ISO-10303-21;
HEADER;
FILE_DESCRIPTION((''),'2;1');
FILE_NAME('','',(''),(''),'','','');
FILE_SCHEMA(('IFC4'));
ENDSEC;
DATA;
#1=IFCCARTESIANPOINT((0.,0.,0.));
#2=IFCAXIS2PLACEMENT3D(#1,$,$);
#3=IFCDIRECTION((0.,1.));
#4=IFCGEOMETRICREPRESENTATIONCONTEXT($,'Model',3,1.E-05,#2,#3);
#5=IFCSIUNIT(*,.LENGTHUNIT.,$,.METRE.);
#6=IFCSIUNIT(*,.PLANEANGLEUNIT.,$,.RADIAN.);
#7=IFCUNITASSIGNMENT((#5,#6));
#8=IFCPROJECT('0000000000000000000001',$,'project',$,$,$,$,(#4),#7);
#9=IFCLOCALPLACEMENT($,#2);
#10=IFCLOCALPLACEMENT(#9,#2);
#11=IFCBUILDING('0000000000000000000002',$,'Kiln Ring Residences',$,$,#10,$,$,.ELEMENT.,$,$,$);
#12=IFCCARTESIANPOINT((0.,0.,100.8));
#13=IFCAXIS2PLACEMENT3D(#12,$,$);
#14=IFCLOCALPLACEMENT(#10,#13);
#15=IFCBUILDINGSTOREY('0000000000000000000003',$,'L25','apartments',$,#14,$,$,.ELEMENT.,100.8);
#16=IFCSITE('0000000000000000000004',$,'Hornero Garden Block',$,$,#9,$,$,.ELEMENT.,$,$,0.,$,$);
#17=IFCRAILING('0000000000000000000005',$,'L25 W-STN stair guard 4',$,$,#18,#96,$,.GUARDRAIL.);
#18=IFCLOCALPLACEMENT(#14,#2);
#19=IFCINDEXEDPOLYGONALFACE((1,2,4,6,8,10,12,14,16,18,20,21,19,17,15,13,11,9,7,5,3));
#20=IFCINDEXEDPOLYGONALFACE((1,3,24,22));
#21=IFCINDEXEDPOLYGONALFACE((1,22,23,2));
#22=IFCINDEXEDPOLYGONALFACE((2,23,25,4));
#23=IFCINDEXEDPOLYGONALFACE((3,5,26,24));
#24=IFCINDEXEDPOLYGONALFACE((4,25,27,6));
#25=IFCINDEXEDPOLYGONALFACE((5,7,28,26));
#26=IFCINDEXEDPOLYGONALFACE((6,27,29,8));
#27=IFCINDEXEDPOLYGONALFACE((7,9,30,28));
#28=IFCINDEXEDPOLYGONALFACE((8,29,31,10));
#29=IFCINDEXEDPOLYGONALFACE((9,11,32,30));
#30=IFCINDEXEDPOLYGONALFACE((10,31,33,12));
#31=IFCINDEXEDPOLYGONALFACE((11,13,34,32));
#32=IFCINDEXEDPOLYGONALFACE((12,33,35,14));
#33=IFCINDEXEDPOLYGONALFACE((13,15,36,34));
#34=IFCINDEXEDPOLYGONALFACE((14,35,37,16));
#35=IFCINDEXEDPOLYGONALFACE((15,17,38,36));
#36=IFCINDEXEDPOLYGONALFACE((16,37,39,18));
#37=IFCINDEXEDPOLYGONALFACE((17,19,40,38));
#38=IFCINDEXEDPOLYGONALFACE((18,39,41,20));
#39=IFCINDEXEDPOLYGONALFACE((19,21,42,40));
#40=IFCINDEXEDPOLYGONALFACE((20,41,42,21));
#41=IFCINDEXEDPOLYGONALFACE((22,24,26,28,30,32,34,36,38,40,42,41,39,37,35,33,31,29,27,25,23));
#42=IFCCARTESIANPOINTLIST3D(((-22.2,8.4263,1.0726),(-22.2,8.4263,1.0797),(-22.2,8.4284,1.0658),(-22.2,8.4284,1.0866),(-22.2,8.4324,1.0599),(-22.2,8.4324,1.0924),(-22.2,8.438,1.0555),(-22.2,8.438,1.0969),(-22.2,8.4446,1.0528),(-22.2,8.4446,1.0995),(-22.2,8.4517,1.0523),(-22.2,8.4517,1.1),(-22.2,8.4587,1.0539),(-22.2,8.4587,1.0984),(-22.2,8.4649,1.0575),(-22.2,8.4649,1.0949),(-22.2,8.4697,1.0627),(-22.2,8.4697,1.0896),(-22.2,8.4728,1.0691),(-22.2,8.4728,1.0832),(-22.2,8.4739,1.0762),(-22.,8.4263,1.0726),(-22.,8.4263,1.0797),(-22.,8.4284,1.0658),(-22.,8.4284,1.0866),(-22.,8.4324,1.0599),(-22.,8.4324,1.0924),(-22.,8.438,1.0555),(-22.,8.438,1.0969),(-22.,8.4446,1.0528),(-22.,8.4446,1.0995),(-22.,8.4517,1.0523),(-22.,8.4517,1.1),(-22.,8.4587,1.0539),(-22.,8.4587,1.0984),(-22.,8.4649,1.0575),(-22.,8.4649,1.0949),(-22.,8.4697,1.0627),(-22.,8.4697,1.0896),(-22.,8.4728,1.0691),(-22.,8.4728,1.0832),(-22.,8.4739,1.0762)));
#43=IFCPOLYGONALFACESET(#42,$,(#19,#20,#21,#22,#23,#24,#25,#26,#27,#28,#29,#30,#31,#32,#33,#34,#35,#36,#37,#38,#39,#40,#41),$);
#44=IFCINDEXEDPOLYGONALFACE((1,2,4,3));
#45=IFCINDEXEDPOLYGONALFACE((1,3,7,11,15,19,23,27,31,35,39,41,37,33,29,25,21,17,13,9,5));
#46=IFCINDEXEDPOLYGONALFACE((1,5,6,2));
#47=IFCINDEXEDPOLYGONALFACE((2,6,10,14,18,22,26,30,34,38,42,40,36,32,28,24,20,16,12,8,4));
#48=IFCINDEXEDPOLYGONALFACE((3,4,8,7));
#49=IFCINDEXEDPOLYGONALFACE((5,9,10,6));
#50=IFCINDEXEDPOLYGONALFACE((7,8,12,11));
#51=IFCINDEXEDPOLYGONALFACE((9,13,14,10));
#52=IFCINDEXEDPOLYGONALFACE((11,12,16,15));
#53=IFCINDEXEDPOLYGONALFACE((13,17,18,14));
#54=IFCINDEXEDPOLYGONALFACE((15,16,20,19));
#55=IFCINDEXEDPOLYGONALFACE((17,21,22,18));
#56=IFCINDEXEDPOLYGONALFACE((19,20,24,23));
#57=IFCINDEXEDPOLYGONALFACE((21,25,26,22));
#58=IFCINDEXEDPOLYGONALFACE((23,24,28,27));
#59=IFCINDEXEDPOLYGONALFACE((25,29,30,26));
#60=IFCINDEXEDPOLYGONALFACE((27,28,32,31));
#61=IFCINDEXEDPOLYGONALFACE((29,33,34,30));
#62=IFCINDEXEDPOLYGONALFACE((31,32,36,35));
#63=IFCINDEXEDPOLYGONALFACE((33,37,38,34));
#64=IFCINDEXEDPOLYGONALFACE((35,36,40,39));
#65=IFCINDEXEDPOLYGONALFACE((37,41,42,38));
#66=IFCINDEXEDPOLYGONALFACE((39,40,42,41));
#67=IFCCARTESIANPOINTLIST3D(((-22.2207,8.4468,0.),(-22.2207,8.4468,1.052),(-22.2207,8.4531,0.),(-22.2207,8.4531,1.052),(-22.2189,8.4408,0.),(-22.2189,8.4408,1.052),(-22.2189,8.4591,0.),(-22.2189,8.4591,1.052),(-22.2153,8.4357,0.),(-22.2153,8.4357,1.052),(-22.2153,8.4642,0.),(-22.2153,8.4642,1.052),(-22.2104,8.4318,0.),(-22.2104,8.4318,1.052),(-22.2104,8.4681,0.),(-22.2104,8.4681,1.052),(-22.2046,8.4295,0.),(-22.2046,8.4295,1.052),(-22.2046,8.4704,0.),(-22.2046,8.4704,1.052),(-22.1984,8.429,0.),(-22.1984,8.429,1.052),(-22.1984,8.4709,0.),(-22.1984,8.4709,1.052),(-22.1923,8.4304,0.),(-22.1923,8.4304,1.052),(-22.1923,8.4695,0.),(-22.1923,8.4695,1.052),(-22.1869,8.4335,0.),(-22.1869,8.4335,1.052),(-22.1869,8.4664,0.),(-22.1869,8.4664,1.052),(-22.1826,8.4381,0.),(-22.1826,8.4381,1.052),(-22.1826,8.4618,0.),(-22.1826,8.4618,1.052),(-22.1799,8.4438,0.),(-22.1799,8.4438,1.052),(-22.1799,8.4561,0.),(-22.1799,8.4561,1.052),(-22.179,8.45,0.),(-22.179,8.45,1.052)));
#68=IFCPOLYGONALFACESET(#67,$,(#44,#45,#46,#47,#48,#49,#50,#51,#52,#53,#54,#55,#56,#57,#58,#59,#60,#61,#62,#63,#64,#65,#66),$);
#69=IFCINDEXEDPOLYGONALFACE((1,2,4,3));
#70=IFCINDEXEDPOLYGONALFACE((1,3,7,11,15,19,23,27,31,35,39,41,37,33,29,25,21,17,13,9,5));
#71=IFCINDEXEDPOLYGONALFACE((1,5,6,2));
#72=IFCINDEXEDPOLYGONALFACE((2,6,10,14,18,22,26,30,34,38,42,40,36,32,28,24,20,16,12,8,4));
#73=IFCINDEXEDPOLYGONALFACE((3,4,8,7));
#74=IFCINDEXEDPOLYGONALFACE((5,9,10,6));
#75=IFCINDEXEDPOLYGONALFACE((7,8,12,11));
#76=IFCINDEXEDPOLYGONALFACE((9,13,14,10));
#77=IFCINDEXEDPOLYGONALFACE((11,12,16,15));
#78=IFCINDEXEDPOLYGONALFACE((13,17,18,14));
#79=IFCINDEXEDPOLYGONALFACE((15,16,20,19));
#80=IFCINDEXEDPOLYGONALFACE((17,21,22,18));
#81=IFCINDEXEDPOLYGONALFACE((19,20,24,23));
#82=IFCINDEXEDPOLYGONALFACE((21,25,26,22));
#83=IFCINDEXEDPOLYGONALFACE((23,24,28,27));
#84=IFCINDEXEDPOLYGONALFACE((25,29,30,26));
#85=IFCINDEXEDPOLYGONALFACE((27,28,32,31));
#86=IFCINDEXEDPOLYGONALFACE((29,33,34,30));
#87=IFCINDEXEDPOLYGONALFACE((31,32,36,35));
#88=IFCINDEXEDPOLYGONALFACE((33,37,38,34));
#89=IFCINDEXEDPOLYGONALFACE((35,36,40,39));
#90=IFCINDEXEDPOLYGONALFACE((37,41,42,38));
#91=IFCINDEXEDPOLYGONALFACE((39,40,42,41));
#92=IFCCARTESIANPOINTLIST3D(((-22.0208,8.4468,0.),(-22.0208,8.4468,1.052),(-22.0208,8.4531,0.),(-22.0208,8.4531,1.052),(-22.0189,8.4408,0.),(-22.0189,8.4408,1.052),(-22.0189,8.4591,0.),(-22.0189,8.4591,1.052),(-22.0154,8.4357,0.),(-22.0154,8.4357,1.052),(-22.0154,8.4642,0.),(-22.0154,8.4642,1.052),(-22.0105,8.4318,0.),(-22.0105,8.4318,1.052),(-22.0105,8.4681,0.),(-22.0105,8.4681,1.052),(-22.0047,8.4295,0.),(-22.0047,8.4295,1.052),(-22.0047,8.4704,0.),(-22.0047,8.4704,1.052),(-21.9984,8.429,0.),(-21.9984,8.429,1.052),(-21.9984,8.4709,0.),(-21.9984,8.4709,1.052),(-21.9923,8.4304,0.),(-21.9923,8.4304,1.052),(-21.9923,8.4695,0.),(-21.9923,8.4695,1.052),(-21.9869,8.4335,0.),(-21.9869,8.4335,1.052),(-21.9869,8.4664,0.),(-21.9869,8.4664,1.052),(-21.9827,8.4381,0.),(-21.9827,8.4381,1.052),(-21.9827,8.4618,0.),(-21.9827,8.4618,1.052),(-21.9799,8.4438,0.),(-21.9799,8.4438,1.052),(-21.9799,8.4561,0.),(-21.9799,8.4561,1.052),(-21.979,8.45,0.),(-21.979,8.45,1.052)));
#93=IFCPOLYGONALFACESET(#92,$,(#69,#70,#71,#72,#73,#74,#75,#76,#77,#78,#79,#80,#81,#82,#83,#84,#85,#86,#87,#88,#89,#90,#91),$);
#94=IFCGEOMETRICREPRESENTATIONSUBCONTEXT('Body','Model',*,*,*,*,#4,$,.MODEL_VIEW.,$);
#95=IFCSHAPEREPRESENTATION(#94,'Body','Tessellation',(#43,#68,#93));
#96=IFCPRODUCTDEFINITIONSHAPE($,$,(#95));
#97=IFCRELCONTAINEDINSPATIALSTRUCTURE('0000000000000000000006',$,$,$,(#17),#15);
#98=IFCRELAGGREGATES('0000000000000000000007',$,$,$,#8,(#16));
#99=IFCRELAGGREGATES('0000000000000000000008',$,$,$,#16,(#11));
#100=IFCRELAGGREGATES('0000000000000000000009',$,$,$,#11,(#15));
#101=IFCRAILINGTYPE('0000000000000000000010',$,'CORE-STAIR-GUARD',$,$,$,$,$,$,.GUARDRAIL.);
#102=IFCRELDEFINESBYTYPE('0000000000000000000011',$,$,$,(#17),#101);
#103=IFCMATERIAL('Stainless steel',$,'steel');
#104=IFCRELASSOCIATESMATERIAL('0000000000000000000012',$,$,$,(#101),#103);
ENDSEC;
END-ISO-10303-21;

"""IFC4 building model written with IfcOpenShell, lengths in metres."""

from ifc_helpers import new_model, si_unit, direction, frame, origin, origin_2d, place, context, subcontext, project, spatial, circle, extrude, material, type_object, element, save


model = new_model("IFC4")

# Units and contexts
model_context = context("Model", 3, precision=1e-05, world=origin(), true_north=direction((0.0, 1.0)))
body_context = subcontext(model_context, "Body", "Model", "MODEL_VIEW")
ifc_project = project(units=[si_unit("LENGTHUNIT", "METRE"), si_unit("PLANEANGLEUNIT", "RADIAN")], contexts=[model_context])

# Site, building, storey
site_placement = place(None, origin())
site = spatial("IfcSite", under=ifc_project, at=site_placement, Name="Hornero Garden Block", CompositionType="ELEMENT", RefElevation=0.0)
building_placement = place(site_placement, origin())
building = spatial("IfcBuilding", under=site, at=building_placement, Name="Kiln Ring Residences", CompositionType="ELEMENT")
storey_placement = place(building_placement, frame((0.0, 0.0, 100.8)))
storey = spatial("IfcBuildingStorey", under=building, at=storey_placement, Name="L25", Description="apartments", CompositionType="ELEMENT", Elevation=100.8)

# Railing
ifc_material_1 = material(Name="Stainless steel", Category="steel")
railing_type_1 = type_object("IfcRailingType", Name="CORE-STAIR-GUARD", PredefinedType="GUARDRAIL", material=ifc_material_1)
railing_1_placement = place(storey_placement, frame((-22.2, 8.45, 0.0)))
element("IfcRailing", 1, at=railing_1_placement, inside=storey, type_object=railing_type_1, Name="L25 W-STN stair guard 4", PredefinedType="GUARDRAIL", context=body_context, shape_type="SweptSolid", body=[
    extrude(circle(Radius=0.0239, at=origin_2d()), frame((0.0, 0.0, 1.0762), z_axis=(1.0, 0.0, 0.0), x_axis=(0.0, 1.0, 0.0)), (0.0, 0.0, 1.0), 0.2),
    extrude(circle(Radius=0.021, at=origin_2d()), origin(), (0.0, 0.0, 1.0), 1.052),
    extrude(circle(Radius=0.021, at=origin_2d()), frame((0.2, 0.0, 0.0)), (0.0, 0.0, 1.0), 1.052),
])

save(model, "model.ifc")
